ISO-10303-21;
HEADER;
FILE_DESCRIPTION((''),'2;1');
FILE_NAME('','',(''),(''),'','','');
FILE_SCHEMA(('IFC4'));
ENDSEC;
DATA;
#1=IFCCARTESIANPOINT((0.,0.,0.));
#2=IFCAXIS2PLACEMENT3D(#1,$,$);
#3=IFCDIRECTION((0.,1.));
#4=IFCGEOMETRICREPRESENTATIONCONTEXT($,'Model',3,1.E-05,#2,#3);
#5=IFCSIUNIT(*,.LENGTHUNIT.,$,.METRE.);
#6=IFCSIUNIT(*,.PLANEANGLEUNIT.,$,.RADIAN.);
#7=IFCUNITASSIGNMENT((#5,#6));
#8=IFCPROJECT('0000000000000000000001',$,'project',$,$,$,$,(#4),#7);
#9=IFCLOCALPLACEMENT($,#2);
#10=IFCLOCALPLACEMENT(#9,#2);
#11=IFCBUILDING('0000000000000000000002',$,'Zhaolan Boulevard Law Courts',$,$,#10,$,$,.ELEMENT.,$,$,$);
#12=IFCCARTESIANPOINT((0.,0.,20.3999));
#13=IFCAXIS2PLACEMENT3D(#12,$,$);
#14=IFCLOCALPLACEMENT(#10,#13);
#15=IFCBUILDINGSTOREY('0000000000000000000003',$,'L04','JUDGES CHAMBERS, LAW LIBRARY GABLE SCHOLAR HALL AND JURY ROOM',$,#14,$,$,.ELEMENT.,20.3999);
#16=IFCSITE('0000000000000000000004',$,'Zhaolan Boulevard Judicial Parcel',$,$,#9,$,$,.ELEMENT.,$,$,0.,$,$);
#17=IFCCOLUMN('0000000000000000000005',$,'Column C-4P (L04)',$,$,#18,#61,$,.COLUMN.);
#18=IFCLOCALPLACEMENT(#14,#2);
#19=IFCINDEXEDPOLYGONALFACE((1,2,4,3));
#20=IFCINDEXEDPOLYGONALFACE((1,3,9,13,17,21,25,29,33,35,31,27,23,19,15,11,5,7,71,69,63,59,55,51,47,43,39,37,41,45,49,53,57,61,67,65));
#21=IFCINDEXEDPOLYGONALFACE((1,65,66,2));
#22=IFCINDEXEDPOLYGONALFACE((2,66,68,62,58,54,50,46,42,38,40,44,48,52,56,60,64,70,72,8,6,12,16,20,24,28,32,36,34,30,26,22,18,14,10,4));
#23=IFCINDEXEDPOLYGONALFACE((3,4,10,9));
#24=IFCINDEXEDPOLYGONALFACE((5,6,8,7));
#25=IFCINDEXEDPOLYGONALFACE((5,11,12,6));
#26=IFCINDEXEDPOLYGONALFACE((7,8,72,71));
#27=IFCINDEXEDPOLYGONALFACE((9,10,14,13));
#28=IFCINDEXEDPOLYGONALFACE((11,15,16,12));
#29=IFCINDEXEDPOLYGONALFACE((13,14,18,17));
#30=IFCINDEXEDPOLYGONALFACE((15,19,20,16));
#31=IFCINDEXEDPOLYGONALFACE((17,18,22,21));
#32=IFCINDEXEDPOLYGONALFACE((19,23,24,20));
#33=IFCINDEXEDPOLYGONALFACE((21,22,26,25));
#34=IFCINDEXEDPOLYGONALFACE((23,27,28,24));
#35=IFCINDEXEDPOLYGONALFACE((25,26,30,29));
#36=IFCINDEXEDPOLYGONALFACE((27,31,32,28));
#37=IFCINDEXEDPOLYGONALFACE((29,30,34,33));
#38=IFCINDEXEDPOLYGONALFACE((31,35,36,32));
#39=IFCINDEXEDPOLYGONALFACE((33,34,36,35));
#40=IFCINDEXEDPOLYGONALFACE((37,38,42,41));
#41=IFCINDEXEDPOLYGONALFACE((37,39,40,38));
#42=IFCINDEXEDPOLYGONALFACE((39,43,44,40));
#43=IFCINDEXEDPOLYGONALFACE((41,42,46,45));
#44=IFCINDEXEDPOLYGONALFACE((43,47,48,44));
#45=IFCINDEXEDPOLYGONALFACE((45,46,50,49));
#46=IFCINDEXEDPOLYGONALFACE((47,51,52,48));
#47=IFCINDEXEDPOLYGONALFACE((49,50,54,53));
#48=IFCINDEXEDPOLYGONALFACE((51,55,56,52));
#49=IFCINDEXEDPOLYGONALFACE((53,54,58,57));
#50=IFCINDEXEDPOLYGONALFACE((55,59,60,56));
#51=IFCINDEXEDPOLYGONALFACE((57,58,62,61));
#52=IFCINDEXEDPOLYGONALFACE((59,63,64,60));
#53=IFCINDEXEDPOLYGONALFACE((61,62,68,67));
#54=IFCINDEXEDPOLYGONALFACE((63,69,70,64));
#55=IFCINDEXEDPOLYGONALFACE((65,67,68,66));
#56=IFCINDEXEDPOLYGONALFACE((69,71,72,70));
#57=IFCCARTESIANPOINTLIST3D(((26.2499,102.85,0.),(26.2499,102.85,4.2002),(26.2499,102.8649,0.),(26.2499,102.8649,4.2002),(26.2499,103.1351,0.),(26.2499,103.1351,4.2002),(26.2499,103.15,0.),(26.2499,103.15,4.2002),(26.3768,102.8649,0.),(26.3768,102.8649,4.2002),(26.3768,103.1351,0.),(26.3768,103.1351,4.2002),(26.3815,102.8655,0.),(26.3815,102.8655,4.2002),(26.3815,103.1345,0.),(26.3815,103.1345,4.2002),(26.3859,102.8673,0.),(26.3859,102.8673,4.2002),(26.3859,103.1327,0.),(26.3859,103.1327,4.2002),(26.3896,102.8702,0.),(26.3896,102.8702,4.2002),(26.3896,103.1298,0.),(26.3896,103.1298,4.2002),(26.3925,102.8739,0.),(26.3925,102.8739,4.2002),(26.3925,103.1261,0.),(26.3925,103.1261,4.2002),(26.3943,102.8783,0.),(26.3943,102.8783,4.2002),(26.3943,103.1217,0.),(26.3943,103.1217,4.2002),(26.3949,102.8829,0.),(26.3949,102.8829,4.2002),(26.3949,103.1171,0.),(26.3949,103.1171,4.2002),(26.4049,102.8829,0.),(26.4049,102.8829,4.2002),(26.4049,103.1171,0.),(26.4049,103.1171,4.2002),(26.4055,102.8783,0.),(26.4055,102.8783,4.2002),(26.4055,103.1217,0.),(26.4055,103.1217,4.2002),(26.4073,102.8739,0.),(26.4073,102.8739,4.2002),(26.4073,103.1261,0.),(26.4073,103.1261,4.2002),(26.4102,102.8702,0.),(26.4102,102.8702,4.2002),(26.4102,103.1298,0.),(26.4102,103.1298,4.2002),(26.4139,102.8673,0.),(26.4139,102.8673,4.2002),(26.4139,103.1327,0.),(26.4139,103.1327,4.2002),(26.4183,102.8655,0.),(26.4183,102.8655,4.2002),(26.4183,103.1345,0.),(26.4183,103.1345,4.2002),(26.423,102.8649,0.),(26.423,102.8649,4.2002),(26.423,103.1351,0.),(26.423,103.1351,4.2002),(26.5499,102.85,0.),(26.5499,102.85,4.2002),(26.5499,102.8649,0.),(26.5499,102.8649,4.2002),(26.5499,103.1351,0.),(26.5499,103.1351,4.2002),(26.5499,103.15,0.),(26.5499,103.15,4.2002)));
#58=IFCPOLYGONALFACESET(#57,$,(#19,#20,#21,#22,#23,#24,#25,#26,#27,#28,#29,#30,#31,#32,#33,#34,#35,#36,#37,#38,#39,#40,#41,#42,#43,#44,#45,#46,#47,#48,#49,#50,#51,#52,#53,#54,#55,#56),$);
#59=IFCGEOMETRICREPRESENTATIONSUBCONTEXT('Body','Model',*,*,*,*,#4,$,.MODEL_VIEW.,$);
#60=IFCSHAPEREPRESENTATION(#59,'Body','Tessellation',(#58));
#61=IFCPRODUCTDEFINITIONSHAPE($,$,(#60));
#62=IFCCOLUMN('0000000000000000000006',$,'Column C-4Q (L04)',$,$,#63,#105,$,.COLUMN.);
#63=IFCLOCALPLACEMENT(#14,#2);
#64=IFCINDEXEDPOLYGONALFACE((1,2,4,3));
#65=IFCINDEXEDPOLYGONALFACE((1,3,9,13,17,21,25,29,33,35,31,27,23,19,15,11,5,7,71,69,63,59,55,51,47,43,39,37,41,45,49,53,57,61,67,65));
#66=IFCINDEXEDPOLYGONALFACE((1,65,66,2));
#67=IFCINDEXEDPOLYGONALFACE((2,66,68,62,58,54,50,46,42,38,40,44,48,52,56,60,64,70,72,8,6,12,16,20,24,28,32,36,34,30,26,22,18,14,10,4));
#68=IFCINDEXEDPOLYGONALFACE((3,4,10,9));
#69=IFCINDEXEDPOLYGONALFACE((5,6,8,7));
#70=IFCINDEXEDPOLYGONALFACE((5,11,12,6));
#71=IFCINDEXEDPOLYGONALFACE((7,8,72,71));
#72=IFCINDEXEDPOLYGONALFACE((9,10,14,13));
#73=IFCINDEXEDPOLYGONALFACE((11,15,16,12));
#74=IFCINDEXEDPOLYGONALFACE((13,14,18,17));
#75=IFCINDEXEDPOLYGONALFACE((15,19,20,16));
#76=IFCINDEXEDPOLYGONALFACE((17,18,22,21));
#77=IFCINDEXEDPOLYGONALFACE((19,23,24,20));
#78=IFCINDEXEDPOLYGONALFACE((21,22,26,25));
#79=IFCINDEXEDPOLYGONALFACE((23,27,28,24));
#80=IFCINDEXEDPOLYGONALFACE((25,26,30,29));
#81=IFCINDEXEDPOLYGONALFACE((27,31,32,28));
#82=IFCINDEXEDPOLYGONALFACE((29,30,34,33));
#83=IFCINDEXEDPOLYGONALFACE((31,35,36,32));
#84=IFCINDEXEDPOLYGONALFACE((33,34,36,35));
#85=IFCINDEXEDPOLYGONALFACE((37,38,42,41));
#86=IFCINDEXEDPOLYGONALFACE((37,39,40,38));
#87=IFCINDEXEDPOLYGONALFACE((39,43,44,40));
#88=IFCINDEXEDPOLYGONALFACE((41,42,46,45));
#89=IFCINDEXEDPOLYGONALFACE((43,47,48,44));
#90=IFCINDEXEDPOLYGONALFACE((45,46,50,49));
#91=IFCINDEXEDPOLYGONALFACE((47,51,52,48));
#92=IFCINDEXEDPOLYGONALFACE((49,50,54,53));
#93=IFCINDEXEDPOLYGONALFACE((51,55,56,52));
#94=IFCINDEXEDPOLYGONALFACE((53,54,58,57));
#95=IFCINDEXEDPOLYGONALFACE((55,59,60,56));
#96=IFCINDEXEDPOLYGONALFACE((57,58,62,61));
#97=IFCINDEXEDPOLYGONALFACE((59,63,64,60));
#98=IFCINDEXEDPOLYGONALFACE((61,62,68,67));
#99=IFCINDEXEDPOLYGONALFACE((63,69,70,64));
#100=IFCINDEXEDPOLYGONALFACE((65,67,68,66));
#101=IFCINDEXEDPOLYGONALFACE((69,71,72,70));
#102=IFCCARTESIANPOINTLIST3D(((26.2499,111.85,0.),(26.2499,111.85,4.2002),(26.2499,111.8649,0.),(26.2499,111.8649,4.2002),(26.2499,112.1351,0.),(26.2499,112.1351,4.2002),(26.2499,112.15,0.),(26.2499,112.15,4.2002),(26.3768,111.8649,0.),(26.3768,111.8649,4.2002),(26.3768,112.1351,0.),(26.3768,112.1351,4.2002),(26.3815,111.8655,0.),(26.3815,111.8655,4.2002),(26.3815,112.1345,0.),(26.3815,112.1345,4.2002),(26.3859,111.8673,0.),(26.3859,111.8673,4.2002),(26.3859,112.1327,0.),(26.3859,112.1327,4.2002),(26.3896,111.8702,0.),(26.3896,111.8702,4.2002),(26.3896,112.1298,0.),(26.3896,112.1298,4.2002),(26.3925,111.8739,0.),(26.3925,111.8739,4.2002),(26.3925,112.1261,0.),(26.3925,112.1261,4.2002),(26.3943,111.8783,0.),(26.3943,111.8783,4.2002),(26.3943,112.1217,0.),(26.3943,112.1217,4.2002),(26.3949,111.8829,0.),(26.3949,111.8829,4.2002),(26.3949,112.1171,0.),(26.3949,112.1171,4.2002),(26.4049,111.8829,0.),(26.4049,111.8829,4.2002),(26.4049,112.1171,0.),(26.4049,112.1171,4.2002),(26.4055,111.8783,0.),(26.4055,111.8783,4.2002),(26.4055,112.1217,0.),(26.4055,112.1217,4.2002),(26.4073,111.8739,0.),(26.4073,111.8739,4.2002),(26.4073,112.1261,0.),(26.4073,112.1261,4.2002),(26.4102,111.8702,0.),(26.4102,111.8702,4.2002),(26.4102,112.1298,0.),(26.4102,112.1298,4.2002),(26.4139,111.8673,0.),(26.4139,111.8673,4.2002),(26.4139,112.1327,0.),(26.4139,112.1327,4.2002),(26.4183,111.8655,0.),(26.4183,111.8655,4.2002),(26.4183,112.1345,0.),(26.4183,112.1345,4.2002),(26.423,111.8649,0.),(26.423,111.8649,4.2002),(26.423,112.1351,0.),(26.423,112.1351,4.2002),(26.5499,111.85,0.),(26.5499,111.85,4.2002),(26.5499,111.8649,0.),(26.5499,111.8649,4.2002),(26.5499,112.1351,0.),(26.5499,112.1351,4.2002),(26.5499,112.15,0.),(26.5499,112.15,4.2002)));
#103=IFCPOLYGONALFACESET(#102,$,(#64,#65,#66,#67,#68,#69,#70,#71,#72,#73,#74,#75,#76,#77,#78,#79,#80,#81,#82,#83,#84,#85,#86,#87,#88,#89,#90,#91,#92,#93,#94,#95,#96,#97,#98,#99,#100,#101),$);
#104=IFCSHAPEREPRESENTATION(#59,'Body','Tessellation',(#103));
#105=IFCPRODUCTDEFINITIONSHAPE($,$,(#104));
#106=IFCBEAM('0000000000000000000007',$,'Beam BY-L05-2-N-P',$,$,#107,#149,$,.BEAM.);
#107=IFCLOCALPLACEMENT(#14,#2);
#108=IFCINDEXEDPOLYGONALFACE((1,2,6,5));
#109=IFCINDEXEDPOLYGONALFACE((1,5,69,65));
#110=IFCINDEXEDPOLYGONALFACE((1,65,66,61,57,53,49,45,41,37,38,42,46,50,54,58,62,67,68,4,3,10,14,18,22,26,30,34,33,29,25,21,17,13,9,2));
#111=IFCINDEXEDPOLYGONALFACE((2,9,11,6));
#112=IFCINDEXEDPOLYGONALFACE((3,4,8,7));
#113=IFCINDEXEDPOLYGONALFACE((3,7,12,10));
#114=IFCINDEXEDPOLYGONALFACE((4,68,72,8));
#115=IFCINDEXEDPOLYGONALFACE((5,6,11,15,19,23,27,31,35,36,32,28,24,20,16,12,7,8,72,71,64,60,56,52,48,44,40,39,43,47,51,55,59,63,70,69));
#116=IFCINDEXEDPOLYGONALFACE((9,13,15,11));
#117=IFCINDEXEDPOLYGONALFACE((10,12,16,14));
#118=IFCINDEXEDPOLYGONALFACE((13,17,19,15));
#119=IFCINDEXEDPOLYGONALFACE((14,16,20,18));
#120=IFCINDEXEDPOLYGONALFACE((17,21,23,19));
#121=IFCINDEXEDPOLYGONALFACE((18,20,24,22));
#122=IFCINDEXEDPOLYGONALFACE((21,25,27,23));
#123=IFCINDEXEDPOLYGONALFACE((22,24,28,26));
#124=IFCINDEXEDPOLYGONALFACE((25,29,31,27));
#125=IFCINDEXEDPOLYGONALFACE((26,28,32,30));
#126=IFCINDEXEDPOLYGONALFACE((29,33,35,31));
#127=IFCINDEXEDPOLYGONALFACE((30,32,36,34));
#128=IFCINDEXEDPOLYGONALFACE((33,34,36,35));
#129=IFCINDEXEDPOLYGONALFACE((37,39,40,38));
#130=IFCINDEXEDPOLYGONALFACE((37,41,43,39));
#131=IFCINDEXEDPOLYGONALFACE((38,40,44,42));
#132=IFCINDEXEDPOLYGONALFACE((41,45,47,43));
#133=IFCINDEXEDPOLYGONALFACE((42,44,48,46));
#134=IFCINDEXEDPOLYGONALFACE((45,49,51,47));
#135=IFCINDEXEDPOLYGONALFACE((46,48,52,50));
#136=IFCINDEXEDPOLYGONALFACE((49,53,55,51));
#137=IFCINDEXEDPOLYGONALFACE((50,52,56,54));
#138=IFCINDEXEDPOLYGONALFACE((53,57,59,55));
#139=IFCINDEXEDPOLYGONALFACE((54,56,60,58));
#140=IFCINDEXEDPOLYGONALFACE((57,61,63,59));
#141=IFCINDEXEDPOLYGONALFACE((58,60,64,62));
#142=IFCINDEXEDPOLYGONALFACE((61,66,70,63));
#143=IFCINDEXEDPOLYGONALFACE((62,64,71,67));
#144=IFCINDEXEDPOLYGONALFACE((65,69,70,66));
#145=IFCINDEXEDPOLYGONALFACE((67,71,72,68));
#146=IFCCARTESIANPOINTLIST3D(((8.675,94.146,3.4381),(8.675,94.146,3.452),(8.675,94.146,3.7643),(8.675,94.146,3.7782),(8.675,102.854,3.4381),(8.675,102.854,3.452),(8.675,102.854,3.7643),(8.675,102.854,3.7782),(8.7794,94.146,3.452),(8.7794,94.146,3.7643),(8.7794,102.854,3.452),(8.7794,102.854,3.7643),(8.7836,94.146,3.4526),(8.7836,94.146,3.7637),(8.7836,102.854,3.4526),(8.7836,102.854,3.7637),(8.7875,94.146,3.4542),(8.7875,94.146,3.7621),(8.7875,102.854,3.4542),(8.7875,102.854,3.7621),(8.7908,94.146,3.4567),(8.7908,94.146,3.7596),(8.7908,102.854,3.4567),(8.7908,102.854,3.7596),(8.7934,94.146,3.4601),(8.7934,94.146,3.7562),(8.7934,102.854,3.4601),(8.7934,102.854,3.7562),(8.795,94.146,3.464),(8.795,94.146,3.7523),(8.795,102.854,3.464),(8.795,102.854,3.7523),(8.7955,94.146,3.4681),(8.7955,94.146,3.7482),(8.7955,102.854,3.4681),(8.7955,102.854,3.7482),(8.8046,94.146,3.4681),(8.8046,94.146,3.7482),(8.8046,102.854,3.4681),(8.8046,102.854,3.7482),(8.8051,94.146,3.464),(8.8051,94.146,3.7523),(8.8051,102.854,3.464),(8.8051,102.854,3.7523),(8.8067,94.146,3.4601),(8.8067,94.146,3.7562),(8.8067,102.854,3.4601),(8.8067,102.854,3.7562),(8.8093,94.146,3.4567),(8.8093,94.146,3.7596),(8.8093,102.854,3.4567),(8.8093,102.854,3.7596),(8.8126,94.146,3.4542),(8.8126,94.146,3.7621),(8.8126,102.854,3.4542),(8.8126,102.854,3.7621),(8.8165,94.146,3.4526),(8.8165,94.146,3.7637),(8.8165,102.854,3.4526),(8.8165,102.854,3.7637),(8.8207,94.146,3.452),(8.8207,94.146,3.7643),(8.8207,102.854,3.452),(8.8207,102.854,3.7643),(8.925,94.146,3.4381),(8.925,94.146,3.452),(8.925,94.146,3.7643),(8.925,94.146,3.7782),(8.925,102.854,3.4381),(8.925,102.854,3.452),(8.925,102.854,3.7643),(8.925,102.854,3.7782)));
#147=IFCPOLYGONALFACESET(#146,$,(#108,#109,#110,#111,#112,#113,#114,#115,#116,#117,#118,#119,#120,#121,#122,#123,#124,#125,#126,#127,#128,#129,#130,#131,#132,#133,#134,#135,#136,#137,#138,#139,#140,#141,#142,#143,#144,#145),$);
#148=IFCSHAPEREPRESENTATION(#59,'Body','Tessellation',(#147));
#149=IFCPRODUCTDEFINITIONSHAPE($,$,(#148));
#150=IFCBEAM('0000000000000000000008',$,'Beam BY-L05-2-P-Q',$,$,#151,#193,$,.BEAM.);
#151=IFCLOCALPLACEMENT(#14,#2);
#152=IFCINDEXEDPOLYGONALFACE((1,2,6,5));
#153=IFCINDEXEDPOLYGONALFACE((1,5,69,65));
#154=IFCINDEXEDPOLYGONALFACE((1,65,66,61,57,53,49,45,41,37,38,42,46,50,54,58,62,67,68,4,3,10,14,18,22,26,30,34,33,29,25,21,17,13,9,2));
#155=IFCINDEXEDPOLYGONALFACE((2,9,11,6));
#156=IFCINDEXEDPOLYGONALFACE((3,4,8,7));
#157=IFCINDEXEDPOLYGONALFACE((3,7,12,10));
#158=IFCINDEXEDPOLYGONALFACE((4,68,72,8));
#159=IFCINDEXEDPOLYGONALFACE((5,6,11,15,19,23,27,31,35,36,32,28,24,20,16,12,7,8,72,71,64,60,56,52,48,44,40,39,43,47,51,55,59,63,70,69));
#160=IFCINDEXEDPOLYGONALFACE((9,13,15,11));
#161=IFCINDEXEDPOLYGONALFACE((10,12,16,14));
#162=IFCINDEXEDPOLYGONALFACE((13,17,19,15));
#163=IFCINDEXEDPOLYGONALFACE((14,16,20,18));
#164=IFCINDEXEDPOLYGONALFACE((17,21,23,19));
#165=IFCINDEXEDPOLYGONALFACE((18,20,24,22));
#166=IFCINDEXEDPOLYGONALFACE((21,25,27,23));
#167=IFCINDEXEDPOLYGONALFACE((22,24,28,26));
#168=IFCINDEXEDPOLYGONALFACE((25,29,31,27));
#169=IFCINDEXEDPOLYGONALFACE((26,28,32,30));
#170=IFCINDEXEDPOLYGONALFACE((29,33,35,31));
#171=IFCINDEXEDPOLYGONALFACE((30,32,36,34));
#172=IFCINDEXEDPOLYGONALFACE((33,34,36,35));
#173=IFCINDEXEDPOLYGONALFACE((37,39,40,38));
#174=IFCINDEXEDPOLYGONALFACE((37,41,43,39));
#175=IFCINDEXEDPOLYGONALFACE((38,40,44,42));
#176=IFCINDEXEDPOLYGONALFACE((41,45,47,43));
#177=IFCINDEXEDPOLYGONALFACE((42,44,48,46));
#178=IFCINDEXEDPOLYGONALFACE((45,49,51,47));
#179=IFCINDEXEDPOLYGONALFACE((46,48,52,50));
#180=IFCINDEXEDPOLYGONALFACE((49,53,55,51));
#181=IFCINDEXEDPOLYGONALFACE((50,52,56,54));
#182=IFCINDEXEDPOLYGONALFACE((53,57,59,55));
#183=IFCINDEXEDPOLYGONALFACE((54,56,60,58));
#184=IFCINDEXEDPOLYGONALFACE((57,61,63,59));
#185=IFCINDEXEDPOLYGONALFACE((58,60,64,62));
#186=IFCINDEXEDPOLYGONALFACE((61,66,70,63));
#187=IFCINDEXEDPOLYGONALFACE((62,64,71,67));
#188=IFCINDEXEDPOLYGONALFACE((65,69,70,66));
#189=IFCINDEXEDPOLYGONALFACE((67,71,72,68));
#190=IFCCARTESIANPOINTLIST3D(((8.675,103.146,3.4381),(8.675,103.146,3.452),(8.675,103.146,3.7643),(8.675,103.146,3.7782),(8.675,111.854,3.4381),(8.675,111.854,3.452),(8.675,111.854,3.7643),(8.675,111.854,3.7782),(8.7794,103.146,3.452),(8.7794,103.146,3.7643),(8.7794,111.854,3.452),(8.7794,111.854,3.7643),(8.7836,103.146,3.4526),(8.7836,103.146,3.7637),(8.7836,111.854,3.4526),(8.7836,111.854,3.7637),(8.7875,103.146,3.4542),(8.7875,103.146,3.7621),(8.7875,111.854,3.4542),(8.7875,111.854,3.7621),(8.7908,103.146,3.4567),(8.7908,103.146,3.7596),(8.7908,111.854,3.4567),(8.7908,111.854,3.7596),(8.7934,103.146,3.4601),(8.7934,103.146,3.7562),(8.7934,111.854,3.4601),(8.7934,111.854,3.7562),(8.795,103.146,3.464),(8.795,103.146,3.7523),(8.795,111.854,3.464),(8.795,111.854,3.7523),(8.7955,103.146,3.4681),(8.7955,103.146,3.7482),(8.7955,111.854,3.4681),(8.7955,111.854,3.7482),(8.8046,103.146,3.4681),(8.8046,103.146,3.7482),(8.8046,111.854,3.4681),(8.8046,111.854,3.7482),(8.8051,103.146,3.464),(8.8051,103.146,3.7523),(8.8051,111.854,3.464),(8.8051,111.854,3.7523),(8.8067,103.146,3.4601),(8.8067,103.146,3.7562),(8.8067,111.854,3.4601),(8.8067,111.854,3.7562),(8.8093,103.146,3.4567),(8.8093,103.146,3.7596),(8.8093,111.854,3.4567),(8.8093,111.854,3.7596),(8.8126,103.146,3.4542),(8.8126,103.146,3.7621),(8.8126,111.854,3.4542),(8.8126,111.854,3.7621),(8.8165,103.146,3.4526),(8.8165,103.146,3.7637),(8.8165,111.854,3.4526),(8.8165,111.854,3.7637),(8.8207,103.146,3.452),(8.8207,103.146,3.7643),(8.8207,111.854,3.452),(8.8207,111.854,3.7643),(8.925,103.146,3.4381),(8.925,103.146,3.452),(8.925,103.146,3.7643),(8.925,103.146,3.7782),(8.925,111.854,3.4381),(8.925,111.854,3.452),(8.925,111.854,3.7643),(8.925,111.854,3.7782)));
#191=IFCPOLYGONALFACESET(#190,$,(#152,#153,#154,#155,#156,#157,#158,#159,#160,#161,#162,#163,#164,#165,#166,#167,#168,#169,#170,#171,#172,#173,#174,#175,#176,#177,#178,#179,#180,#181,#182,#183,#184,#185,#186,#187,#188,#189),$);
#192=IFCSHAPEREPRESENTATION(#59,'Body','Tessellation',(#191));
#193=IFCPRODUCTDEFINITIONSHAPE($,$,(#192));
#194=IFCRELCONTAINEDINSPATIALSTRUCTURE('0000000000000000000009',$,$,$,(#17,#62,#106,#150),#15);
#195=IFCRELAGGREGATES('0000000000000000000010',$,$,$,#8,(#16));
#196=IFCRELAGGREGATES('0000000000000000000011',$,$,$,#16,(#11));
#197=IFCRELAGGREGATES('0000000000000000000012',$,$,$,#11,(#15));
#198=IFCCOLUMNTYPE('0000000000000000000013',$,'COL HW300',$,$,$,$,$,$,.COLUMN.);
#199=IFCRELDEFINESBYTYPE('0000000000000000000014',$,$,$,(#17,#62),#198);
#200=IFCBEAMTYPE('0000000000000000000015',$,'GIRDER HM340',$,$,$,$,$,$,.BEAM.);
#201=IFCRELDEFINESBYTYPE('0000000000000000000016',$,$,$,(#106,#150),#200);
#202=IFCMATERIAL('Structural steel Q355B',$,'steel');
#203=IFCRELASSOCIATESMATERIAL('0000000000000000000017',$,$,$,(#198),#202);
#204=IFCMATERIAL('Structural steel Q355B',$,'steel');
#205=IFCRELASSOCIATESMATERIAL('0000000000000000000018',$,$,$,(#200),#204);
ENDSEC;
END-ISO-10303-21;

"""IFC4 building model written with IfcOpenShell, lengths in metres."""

from ifc_helpers import new_model, si_unit, direction, frame, origin, origin_2d, place, context, subcontext, project, spatial, i_section, extrude, material, material_profile, profile_set, type_object, element, save


model = new_model("IFC4")

# Units and contexts
model_context = context("Model", 3, precision=1e-05, world=origin(), true_north=direction((0.0, 1.0)))
body_context = subcontext(model_context, "Body", "Model", "MODEL_VIEW")
ifc_project = project(units=[si_unit("LENGTHUNIT", "METRE"), si_unit("PLANEANGLEUNIT", "RADIAN")], contexts=[model_context])

# Site, building, storey
site_placement = place(None, origin())
site = spatial("IfcSite", under=ifc_project, at=site_placement, Name="Zhaolan Boulevard Judicial Parcel", CompositionType="ELEMENT", RefElevation=0.0)
building_placement = place(site_placement, origin())
building = spatial("IfcBuilding", under=site, at=building_placement, Name="Zhaolan Boulevard Law Courts", CompositionType="ELEMENT")
storey_placement = place(building_placement, frame((0.0, 0.0, 20.3999)))
storey = spatial("IfcBuildingStorey", under=building, at=storey_placement, Name="L04", Description="JUDGES CHAMBERS, LAW LIBRARY GABLE SCHOLAR HALL AND JURY ROOM", CompositionType="ELEMENT", Elevation=20.3999)

# Columns
ifc_material_1 = material(Name="Structural steel Q355B", Category="steel")
ifc_material_profile_1 = material_profile(ifc_material_1, i_section(OverallWidth=0.3, OverallDepth=0.3, WebThickness=0.01, FlangeThickness=0.0149, FilletRadius=0.0181, at=origin_2d()), Name="HW300x300")
ifc_profile_set_1 = profile_set([ifc_material_profile_1], Name="Structural steel Q355B")
column_type = type_object("IfcColumnType", Name="COL HW300", PredefinedType="COLUMN", material=ifc_profile_set_1)
for number, where, z_axis, x_axis, name in (
    (1, (26.3999, 103.0, 0.0), (0.0, 0.0, 1.0), (1.0, 0.0, 0.0), "Column C-4P (L04)"),
    (2, (26.3999, 112.0, 0.0), (0.0, 0.0, 1.0), (1.0, 0.0, 0.0), "Column C-4Q (L04)"),
):
    element("IfcColumn", number, at=place(storey_placement, frame(where, z_axis=z_axis, x_axis=x_axis)), inside=storey, type_object=column_type, Name=name, PredefinedType="COLUMN", context=body_context, shape_type="SweptSolid", body=[
        extrude(i_section(OverallWidth=0.3, OverallDepth=0.3, WebThickness=0.01, FlangeThickness=0.0149, FilletRadius=0.0181, at=origin_2d()), origin(), (0.0, 0.0, 1.0), 4.2002),
    ])

# Beams
ifc_material_2 = material(Name="Structural steel Q355B", Category="steel")
ifc_material_profile_2 = material_profile(ifc_material_2, i_section(OverallWidth=0.25, OverallDepth=0.3401, WebThickness=0.009, FlangeThickness=0.0139, FilletRadius=0.0161, at=origin_2d()), Name="HM340x250")
ifc_profile_set_2 = profile_set([ifc_material_profile_2], Name="Structural steel Q355B")
beam_type_1 = type_object("IfcBeamType", Name="GIRDER HM340", PredefinedType="BEAM", material=ifc_profile_set_2)
for number, where, z_axis, x_axis, name in (
    (3, (8.8, 94.146, 3.6082), (0.0, 1.0, 0.0), (-1.0, 0.0, 0.0), "Beam BY-L05-2-N-P"),
    (4, (8.8, 103.146, 3.6082), (0.0, 1.0, 0.0), (-1.0, 0.0, 0.0), "Beam BY-L05-2-P-Q"),
):
    element("IfcBeam", number, at=place(storey_placement, frame(where, z_axis=z_axis, x_axis=x_axis)), inside=storey, type_object=beam_type_1, Name=name, PredefinedType="BEAM", context=body_context, shape_type="SweptSolid", body=[
        extrude(i_section(OverallWidth=0.25, OverallDepth=0.3401, WebThickness=0.009, FlangeThickness=0.0139, FilletRadius=0.0161, at=origin_2d()), origin(), (0.0, 0.0, 1.0), 8.708),
    ])

save(model, "model.ifc")
